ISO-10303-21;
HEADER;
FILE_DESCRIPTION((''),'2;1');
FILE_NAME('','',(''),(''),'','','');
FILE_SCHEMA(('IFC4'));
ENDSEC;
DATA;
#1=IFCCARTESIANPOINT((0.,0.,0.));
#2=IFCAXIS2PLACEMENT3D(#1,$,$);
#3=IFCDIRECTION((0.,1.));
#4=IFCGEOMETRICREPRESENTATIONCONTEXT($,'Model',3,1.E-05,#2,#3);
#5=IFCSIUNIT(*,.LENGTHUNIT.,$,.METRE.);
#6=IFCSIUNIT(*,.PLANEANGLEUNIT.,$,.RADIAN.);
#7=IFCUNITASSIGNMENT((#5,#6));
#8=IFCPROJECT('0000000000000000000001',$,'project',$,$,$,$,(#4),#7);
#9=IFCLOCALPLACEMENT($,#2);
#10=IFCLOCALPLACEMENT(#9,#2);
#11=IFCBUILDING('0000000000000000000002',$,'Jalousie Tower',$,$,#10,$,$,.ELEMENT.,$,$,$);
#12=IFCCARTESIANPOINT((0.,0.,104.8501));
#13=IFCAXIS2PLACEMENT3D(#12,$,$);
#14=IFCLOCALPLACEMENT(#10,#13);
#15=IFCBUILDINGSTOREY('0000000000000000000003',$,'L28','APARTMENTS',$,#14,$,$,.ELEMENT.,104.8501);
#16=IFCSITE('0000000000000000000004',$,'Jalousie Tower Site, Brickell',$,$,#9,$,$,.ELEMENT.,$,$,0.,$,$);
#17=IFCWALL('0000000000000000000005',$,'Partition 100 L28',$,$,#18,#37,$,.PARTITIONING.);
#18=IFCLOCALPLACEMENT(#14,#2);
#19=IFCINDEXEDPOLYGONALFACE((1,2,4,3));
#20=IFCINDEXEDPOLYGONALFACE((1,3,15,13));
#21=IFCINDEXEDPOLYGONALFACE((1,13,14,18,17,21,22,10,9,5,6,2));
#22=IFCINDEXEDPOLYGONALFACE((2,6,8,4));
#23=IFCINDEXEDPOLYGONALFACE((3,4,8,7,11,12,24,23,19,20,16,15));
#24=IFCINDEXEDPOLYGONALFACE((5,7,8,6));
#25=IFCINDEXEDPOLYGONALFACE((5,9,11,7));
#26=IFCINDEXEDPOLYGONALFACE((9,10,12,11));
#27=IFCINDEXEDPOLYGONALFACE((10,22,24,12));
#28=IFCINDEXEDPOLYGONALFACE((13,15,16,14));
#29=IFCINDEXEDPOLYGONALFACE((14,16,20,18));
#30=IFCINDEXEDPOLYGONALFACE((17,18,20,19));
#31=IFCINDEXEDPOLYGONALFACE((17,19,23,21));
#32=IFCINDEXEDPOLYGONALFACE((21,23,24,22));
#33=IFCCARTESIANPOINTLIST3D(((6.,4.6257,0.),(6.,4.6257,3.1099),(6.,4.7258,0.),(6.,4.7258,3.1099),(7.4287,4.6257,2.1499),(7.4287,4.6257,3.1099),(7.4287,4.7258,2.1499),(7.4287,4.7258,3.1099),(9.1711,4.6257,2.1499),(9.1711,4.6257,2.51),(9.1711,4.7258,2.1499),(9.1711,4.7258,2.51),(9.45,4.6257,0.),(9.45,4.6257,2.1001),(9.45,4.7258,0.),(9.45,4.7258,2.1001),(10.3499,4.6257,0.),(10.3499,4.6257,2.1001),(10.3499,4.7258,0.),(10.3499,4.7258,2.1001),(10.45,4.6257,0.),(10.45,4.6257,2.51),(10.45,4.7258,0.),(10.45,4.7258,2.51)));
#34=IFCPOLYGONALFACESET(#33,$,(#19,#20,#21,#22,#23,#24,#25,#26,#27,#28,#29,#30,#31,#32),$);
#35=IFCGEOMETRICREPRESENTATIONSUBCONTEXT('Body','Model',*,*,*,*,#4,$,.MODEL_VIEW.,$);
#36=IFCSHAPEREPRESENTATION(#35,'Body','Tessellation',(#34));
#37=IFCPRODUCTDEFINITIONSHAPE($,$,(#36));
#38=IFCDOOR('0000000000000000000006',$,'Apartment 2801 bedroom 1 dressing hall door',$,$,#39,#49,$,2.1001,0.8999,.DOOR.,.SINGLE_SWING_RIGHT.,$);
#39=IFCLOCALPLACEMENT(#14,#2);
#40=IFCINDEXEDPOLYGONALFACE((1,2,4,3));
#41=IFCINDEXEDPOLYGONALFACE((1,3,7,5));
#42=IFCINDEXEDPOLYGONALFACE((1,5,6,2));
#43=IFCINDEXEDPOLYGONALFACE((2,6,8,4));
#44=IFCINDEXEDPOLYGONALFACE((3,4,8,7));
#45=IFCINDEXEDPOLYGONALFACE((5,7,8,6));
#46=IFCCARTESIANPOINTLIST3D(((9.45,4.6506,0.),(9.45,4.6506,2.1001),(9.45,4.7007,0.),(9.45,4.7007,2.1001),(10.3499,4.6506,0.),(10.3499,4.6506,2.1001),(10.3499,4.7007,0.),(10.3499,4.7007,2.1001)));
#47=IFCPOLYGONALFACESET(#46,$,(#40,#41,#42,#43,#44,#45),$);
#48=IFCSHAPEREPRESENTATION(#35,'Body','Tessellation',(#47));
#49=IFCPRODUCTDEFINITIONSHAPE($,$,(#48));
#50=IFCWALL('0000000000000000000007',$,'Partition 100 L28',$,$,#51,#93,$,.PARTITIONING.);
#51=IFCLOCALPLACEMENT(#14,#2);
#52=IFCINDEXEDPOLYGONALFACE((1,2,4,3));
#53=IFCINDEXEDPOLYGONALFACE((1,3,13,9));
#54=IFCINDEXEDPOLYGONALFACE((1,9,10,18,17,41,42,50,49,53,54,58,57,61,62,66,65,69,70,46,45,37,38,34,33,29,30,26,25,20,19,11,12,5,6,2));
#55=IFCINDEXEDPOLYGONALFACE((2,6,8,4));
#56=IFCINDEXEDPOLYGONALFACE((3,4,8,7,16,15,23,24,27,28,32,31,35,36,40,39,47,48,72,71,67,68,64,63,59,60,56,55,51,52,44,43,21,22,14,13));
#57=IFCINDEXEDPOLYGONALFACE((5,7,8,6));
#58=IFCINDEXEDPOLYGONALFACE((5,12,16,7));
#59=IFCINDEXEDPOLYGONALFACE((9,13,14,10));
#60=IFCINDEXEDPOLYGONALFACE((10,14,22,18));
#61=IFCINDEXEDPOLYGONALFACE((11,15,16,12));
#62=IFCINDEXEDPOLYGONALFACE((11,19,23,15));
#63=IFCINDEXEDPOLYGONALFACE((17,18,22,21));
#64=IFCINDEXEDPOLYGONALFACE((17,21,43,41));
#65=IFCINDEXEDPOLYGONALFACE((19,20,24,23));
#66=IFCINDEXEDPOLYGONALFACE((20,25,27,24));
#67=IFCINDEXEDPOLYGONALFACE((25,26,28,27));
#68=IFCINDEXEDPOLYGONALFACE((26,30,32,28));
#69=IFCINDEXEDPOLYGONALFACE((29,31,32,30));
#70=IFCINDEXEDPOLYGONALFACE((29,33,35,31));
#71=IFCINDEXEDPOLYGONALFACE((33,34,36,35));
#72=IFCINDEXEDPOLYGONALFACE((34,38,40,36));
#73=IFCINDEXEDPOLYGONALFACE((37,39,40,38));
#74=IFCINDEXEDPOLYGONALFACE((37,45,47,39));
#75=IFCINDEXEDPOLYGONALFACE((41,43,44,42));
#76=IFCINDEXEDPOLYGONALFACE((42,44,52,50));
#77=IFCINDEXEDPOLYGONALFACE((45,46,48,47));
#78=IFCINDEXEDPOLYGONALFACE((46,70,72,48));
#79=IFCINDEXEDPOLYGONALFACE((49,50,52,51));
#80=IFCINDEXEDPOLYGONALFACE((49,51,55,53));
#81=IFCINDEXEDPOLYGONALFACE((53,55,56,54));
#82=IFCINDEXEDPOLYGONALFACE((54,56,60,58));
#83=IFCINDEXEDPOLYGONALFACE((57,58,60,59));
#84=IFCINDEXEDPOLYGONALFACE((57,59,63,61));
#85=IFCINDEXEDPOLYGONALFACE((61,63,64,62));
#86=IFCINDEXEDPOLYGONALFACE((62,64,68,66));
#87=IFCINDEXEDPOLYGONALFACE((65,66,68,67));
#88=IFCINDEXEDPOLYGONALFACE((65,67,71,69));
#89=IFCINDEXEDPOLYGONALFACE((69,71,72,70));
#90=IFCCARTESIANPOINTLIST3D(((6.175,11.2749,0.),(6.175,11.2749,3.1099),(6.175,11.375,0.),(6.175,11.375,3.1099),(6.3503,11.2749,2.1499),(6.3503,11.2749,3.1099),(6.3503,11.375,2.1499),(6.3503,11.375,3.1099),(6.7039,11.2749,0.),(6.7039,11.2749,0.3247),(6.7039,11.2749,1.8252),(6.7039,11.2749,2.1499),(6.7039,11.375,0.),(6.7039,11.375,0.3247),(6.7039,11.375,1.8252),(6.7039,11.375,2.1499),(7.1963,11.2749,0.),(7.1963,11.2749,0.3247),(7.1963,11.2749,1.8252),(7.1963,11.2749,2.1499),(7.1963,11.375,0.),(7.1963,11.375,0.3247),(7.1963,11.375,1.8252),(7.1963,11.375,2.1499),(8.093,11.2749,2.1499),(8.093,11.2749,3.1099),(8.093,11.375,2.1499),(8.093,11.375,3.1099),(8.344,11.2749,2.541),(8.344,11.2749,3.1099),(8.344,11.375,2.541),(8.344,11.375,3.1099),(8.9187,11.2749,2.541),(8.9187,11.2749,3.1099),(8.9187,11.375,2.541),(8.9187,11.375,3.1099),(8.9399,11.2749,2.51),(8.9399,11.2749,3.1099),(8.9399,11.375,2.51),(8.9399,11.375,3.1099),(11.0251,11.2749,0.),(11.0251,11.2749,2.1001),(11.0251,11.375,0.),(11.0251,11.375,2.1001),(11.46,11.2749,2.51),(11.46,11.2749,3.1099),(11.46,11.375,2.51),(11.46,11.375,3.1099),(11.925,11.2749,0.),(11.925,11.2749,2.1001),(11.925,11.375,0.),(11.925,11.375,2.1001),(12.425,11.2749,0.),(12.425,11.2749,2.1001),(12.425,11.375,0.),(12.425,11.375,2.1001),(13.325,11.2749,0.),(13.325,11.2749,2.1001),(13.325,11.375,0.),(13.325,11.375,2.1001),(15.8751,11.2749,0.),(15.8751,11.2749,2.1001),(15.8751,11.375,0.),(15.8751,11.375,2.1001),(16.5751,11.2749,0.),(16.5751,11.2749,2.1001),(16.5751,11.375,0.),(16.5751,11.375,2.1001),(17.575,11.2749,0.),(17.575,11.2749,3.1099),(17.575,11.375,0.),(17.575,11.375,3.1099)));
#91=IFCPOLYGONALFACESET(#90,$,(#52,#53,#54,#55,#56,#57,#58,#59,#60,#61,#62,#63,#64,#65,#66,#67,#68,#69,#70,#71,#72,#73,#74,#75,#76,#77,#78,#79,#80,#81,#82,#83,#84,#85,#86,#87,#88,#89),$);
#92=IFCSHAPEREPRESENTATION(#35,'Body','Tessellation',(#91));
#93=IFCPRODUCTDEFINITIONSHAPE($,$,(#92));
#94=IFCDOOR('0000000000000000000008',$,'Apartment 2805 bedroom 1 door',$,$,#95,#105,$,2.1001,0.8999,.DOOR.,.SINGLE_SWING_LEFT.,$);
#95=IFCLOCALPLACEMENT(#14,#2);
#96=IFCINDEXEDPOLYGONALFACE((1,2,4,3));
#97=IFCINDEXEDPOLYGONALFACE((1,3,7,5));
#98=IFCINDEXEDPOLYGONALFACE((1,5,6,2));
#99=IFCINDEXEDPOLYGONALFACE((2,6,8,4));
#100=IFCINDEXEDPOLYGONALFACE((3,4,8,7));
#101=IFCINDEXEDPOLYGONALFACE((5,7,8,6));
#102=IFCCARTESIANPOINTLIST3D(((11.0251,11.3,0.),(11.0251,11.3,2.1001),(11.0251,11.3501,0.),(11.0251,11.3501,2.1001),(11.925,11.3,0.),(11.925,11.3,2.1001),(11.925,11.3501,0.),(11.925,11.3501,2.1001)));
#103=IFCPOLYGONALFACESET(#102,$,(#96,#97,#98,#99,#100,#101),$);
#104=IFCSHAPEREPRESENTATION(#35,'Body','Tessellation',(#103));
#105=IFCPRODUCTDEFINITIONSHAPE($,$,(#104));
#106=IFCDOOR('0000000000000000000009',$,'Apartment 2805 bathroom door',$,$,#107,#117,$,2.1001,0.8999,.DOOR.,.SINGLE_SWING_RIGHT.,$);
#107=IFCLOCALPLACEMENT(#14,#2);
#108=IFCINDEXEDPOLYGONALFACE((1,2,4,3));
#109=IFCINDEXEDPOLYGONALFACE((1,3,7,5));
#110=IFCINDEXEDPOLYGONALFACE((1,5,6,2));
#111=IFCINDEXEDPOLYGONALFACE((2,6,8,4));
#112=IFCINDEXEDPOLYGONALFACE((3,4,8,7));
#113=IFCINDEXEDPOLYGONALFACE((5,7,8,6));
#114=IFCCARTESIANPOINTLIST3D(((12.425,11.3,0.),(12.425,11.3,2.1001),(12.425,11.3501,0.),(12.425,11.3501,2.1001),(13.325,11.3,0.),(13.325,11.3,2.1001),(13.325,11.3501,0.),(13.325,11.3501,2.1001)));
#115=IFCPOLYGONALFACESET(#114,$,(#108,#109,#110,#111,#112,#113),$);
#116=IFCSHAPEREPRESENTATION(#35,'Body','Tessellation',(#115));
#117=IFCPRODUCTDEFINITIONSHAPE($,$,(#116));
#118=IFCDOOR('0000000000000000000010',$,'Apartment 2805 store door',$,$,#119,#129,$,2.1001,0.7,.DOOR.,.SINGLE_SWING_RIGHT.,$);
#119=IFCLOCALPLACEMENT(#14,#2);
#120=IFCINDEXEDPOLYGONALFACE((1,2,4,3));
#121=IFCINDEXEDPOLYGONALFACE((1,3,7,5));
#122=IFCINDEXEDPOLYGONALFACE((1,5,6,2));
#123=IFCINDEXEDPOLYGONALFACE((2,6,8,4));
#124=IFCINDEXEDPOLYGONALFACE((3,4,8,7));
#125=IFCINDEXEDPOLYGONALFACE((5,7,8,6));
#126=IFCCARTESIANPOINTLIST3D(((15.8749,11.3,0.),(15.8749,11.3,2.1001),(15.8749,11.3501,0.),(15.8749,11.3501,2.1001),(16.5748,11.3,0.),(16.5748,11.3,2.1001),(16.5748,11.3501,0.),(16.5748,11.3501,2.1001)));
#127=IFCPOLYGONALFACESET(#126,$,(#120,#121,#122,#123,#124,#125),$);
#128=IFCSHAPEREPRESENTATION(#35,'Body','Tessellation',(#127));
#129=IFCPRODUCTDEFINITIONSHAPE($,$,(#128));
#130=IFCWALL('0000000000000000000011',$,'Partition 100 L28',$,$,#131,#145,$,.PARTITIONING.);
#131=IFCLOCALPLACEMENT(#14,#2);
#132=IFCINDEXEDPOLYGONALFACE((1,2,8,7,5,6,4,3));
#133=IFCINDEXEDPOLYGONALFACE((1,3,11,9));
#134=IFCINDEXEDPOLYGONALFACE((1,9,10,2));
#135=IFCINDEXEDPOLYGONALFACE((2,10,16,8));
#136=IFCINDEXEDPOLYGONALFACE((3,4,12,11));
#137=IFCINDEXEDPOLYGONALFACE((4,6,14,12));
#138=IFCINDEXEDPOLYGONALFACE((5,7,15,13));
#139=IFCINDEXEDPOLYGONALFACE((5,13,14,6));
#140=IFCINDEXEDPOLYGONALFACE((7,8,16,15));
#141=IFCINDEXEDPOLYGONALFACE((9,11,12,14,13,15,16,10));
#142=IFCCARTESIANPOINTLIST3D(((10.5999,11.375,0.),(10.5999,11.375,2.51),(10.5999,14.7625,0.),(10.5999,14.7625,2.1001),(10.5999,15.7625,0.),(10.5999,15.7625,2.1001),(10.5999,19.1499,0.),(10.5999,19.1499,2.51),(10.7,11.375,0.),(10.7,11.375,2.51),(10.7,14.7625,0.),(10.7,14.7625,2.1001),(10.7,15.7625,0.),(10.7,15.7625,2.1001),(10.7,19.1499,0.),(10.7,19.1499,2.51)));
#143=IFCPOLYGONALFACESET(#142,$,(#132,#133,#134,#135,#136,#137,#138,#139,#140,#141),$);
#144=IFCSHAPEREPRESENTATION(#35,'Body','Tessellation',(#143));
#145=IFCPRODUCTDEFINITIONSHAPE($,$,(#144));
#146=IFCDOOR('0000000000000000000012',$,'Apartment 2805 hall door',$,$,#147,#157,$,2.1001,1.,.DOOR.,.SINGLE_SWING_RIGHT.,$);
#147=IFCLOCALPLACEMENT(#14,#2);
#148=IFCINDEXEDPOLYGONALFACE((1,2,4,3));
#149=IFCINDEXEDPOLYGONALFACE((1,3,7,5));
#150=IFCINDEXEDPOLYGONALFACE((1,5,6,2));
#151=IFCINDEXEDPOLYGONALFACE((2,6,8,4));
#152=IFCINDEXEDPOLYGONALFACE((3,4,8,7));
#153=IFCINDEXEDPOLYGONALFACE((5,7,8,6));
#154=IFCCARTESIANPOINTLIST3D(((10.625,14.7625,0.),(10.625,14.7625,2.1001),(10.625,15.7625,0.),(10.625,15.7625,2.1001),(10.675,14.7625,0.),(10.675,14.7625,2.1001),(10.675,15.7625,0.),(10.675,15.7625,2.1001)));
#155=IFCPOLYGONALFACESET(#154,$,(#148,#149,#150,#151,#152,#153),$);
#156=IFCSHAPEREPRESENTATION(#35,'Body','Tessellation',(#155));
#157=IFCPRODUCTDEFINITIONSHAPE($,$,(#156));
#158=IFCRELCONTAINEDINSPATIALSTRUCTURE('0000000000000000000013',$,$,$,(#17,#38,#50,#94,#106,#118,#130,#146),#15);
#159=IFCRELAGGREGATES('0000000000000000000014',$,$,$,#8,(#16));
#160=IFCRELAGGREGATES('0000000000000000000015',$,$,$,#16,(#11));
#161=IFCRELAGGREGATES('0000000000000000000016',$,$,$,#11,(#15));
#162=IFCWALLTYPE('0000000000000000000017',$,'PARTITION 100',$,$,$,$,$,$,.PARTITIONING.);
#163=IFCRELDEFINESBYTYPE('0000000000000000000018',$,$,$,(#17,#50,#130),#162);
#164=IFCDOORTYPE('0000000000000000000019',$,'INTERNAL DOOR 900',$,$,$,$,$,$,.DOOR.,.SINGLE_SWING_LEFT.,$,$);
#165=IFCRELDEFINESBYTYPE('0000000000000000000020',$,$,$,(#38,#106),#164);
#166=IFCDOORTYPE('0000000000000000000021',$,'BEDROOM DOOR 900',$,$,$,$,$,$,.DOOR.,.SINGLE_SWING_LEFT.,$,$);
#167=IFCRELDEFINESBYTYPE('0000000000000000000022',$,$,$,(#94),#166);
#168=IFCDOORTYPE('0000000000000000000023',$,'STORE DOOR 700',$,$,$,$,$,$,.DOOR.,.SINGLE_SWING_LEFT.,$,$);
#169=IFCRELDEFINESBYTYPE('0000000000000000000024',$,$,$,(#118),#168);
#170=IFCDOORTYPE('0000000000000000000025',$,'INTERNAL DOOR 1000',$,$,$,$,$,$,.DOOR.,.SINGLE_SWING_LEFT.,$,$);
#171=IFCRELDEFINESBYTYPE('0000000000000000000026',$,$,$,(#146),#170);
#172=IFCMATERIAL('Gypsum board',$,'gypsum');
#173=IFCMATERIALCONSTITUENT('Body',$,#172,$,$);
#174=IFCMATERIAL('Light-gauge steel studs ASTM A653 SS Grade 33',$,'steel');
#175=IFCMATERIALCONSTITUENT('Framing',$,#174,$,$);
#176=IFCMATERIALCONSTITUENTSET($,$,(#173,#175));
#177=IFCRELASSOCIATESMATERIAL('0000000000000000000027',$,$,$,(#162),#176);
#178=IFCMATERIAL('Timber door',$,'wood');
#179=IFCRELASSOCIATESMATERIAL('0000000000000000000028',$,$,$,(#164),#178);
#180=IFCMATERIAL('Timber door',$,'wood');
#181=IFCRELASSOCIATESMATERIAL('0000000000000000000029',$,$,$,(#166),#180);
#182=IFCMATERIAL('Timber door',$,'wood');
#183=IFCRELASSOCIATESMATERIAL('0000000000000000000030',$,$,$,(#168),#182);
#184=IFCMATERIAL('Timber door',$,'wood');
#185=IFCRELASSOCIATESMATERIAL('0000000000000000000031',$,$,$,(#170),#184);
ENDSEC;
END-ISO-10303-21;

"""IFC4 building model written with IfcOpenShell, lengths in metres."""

from ifc_helpers import new_model, si_unit, direction, frame, frame_2d, origin, place, context, subcontext, project, spatial, polyline, rectangle, outline, extrude, material, constituent, constituent_set, type_object, element, fill, save


model = new_model("IFC4")

# Units and contexts
model_context = context("Model", 3, precision=1e-05, world=origin(), true_north=direction((0.0, 1.0)))
body_context = subcontext(model_context, "Body", "Model", "MODEL_VIEW")
ifc_project = project(units=[si_unit("LENGTHUNIT", "METRE"), si_unit("PLANEANGLEUNIT", "RADIAN")], contexts=[model_context])

# Site, building, storey
site_placement = place(None, origin())
site = spatial("IfcSite", under=ifc_project, at=site_placement, Name="Jalousie Tower Site, Brickell", CompositionType="ELEMENT", RefElevation=0.0)
building_placement = place(site_placement, origin())
building = spatial("IfcBuilding", under=site, at=building_placement, Name="Jalousie Tower", CompositionType="ELEMENT")
storey_placement = place(building_placement, frame((0.0, 0.0, 104.8501)))
storey = spatial("IfcBuildingStorey", under=building, at=storey_placement, Name="L28", Description="APARTMENTS", CompositionType="ELEMENT", Elevation=104.8501)

# Wall, opening, door
ifc_material_1 = material(Name="Gypsum board", Category="gypsum")
ifc_constituent_1 = constituent(ifc_material_1, Name="Body")
ifc_material_2 = material(Name="Light-gauge steel studs ASTM A653 SS Grade 33", Category="steel")
ifc_constituent_2 = constituent(ifc_material_2, Name="Framing")
ifc_constituent_set_1 = constituent_set(constituents=[ifc_constituent_1, ifc_constituent_2])
wall_type_1 = type_object("IfcWallType", Name="PARTITION 100", PredefinedType="PARTITIONING", material=ifc_constituent_set_1)
wall_1_placement = place(storey_placement, frame((6.0, 4.6758, 0.0), z_axis=(0.0, 0.0, 1.0), x_axis=(1.0, 0.0, 0.0)))
wall_1 = element("IfcWall", 1, at=wall_1_placement, inside=storey, type_object=wall_type_1, Name="Partition 100 L28", PredefinedType="PARTITIONING", context=body_context, shape_type="SweptSolid", body=[
    extrude(outline(polyline([(0.0, 0.0), (4.45, 0.0), (4.45, 3.1099), (4.45, 2.51), (3.1711, 2.51), (3.1711, 2.1499), (1.4287, 2.1499), (1.4287, 3.1099), (0.0, 3.1099), (0.0, 0.0)])), frame((0.0, 0.05, 0.0), z_axis=(0.0, -1.0, 0.0), x_axis=(1.0, 0.0, 0.0)), (0.0, 0.0, 1.0), 0.1001),
])
opening_1_placement = place(wall_1_placement, frame((3.45, 0.0, 0.0)))
opening_1 = element("IfcOpeningElement", 2, at=opening_1_placement, cuts=wall_1, PredefinedType="OPENING", context=body_context, shape_type="SweptSolid", body=[
    extrude(rectangle(XDim=0.8999, YDim=2.1001, at=frame_2d((0.45, 1.05))), frame((0.0, 0.0601, 0.0), z_axis=(0.0, -1.0, 0.0), x_axis=(1.0, 0.0, 0.0)), (0.0, 0.0, 1.0), 0.1201),
])
ifc_material_3 = material(Name="Timber door", Category="wood")
door_type_1 = type_object("IfcDoorType", Name="INTERNAL DOOR 900", OperationType="SINGLE_SWING_LEFT", PredefinedType="DOOR", material=ifc_material_3)
door_1_placement = place(opening_1_placement, origin())
door_1 = element("IfcDoor", 3, at=door_1_placement, inside=storey, type_object=door_type_1, Name="Apartment 2801 bedroom 1 dressing hall door", OperationType="SINGLE_SWING_RIGHT", OverallHeight=2.1001, OverallWidth=0.8999, PredefinedType="DOOR", context=body_context, shape_type="SweptSolid", body=[
    extrude(rectangle(XDim=0.8999, YDim=2.1001, at=frame_2d((0.45, 1.05))), frame((0.0, 0.0249, 0.0), z_axis=(0.0, -1.0, 0.0), x_axis=(1.0, 0.0, 0.0)), (0.0, 0.0, 1.0), 0.05),
])
fill(opening_1, door_1)

# Wall, openings, doors
wall_2_placement = place(storey_placement, frame((6.175, 11.325, 0.0), z_axis=(0.0, 0.0, 1.0), x_axis=(1.0, 0.0, 0.0)))
wall_2 = element("IfcWall", 4, at=wall_2_placement, inside=storey, type_object=wall_type_1, Name="Partition 100 L28", PredefinedType="PARTITIONING", context=body_context, shape_type="SweptSolid", body=[
    extrude(outline(polyline([(0.1753, 3.1099), (0.0, 3.1099), (0.0, 0.0), (0.5288, 0.0), (0.5288, 0.3247), (1.0212, 0.3247), (1.0212, 0.0), (11.3999, 0.0), (11.3999, 3.1099), (5.2849, 3.1099), (5.2849, 2.51), (2.7649, 2.51), (2.7649, 3.1099), (2.7437, 3.1099), (2.7437, 2.541), (2.1689, 2.541), (2.1689, 3.1099), (1.918, 3.1099), (1.918, 2.1499), (1.0212, 2.1499), (1.0212, 1.8252), (0.5288, 1.8252), (0.5288, 2.1499), (0.1753, 2.1499), (0.1753, 3.1099)])), frame((0.0, 0.05, 0.0), z_axis=(0.0, -1.0, 0.0), x_axis=(1.0, 0.0, 0.0)), (0.0, 0.0, 1.0), 0.1001),
])
opening_2_placement = place(wall_2_placement, frame((4.8501, 0.0, 0.0)))
opening_2 = element("IfcOpeningElement", 5, at=opening_2_placement, cuts=wall_2, PredefinedType="OPENING", context=body_context, shape_type="SweptSolid", body=[
    extrude(rectangle(XDim=0.8999, YDim=2.1001, at=frame_2d((0.45, 1.05))), frame((0.0, 0.0601, 0.0), z_axis=(0.0, -1.0, 0.0), x_axis=(1.0, 0.0, 0.0)), (0.0, 0.0, 1.0), 0.1201),
])
opening_3_placement = place(wall_2_placement, frame((6.25, 0.0, 0.0)))
opening_3 = element("IfcOpeningElement", 6, at=opening_3_placement, cuts=wall_2, PredefinedType="OPENING", context=body_context, shape_type="SweptSolid", body=[
    extrude(rectangle(XDim=0.8999, YDim=2.1001, at=frame_2d((0.45, 1.05))), frame((0.0, 0.0601, 0.0), z_axis=(0.0, -1.0, 0.0), x_axis=(1.0, 0.0, 0.0)), (0.0, 0.0, 1.0), 0.1201),
])
opening_4_placement = place(wall_2_placement, frame((9.7, 0.0, 0.0)))
opening_4 = element("IfcOpeningElement", 7, at=opening_4_placement, cuts=wall_2, PredefinedType="OPENING", context=body_context, shape_type="SweptSolid", body=[
    extrude(rectangle(XDim=0.7, YDim=2.1001, at=frame_2d((0.3501, 1.05))), frame((0.0, 0.0601, 0.0), z_axis=(0.0, -1.0, 0.0), x_axis=(1.0, 0.0, 0.0)), (0.0, 0.0, 1.0), 0.1201),
])
ifc_material_4 = material(Name="Timber door", Category="wood")
door_type_2 = type_object("IfcDoorType", Name="BEDROOM DOOR 900", OperationType="SINGLE_SWING_LEFT", PredefinedType="DOOR", material=ifc_material_4)
door_2_placement = place(opening_2_placement, frame((0.8999, 0.0, 0.0), z_axis=(0.0, 0.0, 1.0), x_axis=(-1.0, 0.0, 0.0)))
door_2 = element("IfcDoor", 8, at=door_2_placement, inside=storey, type_object=door_type_2, Name="Apartment 2805 bedroom 1 door", OperationType="SINGLE_SWING_LEFT", OverallHeight=2.1001, OverallWidth=0.8999, PredefinedType="DOOR", context=body_context, shape_type="SweptSolid", body=[
    extrude(rectangle(XDim=0.8999, YDim=2.1001, at=frame_2d((0.45, 1.05))), frame((0.0, 0.0249, 0.0), z_axis=(0.0, -1.0, 0.0), x_axis=(1.0, 0.0, 0.0)), (0.0, 0.0, 1.0), 0.05),
])
fill(opening_2, door_2)
door_3_placement = place(opening_3_placement, frame((0.8999, 0.0, 0.0), z_axis=(0.0, 0.0, 1.0), x_axis=(-1.0, 0.0, 0.0)))
door_3 = element("IfcDoor", 9, at=door_3_placement, inside=storey, type_object=door_type_1, Name="Apartment 2805 bathroom door", OperationType="SINGLE_SWING_RIGHT", OverallHeight=2.1001, OverallWidth=0.8999, PredefinedType="DOOR", context=body_context, shape_type="SweptSolid", body=[
    extrude(rectangle(XDim=0.8999, YDim=2.1001, at=frame_2d((0.45, 1.05))), frame((0.0, 0.0249, 0.0), z_axis=(0.0, -1.0, 0.0), x_axis=(1.0, 0.0, 0.0)), (0.0, 0.0, 1.0), 0.05),
])
fill(opening_3, door_3)
ifc_material_5 = material(Name="Timber door", Category="wood")
door_type_3 = type_object("IfcDoorType", Name="STORE DOOR 700", OperationType="SINGLE_SWING_LEFT", PredefinedType="DOOR", material=ifc_material_5)
door_4_placement = place(opening_4_placement, frame((0.7, 0.0, 0.0), z_axis=(0.0, 0.0, 1.0), x_axis=(-1.0, 0.0, 0.0)))
door_4 = element("IfcDoor", 10, at=door_4_placement, inside=storey, type_object=door_type_3, Name="Apartment 2805 store door", OperationType="SINGLE_SWING_RIGHT", OverallHeight=2.1001, OverallWidth=0.7, PredefinedType="DOOR", context=body_context, shape_type="SweptSolid", body=[
    extrude(rectangle(XDim=0.7, YDim=2.1001, at=frame_2d((0.3501, 1.05))), frame((0.0, 0.0249, 0.0), z_axis=(0.0, -1.0, 0.0), x_axis=(1.0, 0.0, 0.0)), (0.0, 0.0, 1.0), 0.05),
])
fill(opening_4, door_4)

# Wall, opening, door
wall_3_placement = place(storey_placement, frame((10.6499, 11.375, 0.0), z_axis=(0.0, 0.0, 1.0), x_axis=(0.0, 1.0, 0.0)))
wall_3 = element("IfcWall", 11, at=wall_3_placement, inside=storey, type_object=wall_type_1, Name="Partition 100 L28", PredefinedType="PARTITIONING", context=body_context, shape_type="SweptSolid", body=[
    extrude(outline(polyline([(0.0, 0.0), (7.7749, 0.0), (7.7749, 3.1099), (7.7749, 2.51), (1.6851, 2.51), (0.0, 2.51), (0.0, 3.1099), (0.0, 0.0)])), frame((0.0, 0.05, 0.0), z_axis=(0.0, -1.0, 0.0), x_axis=(1.0, 0.0, 0.0)), (0.0, 0.0, 1.0), 0.1001),
])
opening_5_placement = place(wall_3_placement, frame((3.3875, 0.0, 0.0)))
opening_5 = element("IfcOpeningElement", 12, at=opening_5_placement, cuts=wall_3, PredefinedType="OPENING", context=body_context, shape_type="SweptSolid", body=[
    extrude(rectangle(XDim=1.0, YDim=2.1001, at=frame_2d((0.5, 1.05))), frame((0.0, 0.0601, 0.0), z_axis=(0.0, -1.0, 0.0), x_axis=(1.0, 0.0, 0.0)), (0.0, 0.0, 1.0), 0.1201),
])
ifc_material_6 = material(Name="Timber door", Category="wood")
door_type_4 = type_object("IfcDoorType", Name="INTERNAL DOOR 1000", OperationType="SINGLE_SWING_LEFT", PredefinedType="DOOR", material=ifc_material_6)
door_5_placement = place(opening_5_placement, origin())
door_5 = element("IfcDoor", 13, at=door_5_placement, inside=storey, type_object=door_type_4, Name="Apartment 2805 hall door", OperationType="SINGLE_SWING_RIGHT", OverallHeight=2.1001, OverallWidth=1.0, PredefinedType="DOOR", context=body_context, shape_type="SweptSolid", body=[
    extrude(rectangle(XDim=1.0, YDim=2.1001, at=frame_2d((0.5, 1.05))), frame((0.0, 0.0249, 0.0), z_axis=(0.0, -1.0, 0.0), x_axis=(1.0, 0.0, 0.0)), (0.0, 0.0, 1.0), 0.05),
])
fill(opening_5, door_5)

save(model, "model.ifc")
